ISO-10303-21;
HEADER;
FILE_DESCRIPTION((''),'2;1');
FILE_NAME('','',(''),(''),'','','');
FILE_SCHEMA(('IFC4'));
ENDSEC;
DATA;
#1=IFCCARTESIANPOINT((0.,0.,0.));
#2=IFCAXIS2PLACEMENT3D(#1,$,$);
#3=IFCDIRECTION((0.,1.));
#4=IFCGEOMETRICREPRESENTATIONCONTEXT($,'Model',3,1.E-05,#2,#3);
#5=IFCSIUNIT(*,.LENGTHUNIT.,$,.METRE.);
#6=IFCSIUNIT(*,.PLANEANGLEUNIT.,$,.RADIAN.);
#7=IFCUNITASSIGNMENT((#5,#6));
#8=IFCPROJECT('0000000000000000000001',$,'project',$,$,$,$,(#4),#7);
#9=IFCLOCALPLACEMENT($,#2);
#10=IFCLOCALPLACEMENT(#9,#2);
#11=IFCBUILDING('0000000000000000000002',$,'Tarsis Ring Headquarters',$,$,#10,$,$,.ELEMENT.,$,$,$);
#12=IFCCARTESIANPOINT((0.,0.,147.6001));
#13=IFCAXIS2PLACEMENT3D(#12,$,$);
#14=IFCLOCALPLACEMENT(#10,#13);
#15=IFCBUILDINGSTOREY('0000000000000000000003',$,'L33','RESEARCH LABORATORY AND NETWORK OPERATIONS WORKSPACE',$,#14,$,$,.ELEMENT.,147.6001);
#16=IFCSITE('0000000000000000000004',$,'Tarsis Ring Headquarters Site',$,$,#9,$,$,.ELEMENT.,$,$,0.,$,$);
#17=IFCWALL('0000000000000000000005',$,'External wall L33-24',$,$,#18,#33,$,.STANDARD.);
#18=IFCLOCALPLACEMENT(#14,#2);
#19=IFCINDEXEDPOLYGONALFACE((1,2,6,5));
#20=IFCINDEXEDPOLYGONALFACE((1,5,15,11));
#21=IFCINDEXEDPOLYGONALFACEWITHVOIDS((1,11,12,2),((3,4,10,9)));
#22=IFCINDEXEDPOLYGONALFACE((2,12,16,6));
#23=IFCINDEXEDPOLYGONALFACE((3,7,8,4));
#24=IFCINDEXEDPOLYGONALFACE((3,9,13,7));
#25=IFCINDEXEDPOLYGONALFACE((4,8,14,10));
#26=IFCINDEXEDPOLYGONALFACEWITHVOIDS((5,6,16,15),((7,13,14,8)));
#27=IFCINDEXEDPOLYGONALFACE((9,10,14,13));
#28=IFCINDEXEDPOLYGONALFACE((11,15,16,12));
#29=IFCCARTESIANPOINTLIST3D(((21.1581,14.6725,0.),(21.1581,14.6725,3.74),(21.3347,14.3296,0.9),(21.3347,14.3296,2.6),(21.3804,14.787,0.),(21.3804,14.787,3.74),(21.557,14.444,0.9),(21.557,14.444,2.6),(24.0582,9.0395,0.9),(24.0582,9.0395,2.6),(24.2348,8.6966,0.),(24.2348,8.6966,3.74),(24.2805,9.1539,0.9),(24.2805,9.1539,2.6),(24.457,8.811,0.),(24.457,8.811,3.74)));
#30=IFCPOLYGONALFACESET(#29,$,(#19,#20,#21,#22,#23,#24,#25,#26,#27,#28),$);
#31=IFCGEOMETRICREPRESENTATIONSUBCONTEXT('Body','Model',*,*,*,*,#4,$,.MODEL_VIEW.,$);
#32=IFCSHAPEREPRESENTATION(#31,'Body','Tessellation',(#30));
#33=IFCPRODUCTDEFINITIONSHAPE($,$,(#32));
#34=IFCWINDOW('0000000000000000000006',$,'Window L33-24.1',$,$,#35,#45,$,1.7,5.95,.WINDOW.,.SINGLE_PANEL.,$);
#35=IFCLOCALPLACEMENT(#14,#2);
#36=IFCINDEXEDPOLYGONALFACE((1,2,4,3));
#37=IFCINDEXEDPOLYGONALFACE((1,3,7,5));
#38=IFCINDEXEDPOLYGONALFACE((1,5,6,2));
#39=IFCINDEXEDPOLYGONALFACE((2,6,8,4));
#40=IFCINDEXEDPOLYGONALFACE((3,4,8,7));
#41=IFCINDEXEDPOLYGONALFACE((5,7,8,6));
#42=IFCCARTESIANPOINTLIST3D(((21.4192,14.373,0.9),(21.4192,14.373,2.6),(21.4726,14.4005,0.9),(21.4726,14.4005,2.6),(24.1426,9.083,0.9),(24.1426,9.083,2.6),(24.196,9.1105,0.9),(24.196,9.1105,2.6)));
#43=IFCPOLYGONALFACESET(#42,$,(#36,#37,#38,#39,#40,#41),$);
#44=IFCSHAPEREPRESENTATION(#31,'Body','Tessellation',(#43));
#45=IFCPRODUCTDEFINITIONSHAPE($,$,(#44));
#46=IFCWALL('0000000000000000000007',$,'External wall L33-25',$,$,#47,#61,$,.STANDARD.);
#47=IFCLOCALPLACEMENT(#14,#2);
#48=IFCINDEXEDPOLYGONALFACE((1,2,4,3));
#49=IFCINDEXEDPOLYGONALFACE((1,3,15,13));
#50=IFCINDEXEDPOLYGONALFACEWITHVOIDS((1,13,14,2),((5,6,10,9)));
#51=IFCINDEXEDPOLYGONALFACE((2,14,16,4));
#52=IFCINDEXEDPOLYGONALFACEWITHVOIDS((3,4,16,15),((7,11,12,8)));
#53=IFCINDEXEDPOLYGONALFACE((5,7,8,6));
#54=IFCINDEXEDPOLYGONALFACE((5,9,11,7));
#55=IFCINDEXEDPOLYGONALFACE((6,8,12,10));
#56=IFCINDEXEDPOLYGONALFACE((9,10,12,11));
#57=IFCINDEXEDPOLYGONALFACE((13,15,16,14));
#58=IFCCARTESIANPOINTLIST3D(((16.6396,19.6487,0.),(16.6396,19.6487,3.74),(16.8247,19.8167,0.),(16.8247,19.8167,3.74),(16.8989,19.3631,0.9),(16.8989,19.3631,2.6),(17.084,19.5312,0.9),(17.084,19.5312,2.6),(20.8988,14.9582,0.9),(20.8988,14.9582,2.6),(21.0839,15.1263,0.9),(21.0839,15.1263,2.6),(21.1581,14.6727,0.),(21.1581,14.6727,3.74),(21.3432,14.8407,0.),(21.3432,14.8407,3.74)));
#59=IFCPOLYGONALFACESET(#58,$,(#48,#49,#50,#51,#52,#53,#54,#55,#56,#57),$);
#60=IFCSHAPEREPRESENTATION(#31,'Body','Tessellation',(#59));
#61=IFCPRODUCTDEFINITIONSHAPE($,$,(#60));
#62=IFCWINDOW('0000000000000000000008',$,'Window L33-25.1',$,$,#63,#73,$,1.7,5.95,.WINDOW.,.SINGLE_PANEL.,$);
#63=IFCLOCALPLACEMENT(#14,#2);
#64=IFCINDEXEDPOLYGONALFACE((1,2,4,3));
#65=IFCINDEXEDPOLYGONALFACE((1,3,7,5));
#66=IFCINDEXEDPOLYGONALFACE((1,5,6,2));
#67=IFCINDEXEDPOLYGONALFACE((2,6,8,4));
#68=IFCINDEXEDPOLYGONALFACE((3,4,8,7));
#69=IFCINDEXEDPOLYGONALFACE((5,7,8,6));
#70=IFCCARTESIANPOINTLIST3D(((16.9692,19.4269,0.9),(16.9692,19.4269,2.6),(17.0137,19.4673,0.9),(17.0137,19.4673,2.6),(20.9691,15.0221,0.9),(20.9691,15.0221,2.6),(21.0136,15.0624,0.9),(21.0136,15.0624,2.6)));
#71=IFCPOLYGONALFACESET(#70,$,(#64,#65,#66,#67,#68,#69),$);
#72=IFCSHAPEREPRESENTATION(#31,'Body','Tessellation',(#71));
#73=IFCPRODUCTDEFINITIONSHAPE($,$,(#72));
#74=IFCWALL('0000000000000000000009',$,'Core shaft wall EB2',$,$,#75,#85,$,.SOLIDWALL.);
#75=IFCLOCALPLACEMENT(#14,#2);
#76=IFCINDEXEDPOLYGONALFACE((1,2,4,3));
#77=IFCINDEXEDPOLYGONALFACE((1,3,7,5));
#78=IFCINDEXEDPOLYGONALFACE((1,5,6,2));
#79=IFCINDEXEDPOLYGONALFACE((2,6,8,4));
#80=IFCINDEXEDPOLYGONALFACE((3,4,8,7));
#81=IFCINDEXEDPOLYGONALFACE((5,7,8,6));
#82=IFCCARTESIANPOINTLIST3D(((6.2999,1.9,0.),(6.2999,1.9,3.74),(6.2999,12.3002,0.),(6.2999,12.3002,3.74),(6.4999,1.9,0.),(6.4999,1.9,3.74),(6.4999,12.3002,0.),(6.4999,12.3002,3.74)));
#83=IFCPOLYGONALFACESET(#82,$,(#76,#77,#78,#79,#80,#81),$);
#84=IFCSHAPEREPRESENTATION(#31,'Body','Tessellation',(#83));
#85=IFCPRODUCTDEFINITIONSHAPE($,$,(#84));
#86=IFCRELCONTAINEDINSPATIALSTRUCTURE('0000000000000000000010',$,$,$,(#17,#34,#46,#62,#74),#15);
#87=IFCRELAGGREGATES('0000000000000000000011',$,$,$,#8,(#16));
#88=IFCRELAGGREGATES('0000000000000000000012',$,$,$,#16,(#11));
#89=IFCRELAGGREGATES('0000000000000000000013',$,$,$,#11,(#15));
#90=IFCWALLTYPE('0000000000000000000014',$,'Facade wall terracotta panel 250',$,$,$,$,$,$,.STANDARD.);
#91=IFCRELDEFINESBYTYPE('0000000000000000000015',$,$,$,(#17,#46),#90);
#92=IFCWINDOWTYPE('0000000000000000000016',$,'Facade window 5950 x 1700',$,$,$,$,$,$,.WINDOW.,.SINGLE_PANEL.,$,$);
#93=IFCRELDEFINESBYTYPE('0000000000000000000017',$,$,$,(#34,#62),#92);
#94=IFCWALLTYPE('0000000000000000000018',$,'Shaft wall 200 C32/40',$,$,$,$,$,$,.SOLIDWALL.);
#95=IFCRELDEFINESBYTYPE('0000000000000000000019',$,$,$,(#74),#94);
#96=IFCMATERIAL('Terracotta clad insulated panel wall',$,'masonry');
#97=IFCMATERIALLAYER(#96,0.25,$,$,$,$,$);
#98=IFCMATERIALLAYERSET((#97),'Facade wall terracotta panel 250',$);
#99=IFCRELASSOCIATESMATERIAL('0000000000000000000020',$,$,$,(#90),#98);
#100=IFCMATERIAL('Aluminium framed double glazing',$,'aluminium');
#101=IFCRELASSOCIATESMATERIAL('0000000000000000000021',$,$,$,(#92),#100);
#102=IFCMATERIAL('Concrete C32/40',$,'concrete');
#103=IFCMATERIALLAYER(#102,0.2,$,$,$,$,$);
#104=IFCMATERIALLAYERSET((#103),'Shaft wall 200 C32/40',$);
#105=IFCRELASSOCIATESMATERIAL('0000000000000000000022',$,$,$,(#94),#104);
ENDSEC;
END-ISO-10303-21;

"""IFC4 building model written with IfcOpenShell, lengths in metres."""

from ifc_helpers import new_model, si_unit, direction, frame, frame_2d, origin, place, context, subcontext, project, spatial, rectangle, extrude, material, layer, layer_set, type_object, element, fill, save


model = new_model("IFC4")

# Units and contexts
model_context = context("Model", 3, precision=1e-05, world=origin(), true_north=direction((0.0, 1.0)))
body_context = subcontext(model_context, "Body", "Model", "MODEL_VIEW")
ifc_project = project(units=[si_unit("LENGTHUNIT", "METRE"), si_unit("PLANEANGLEUNIT", "RADIAN")], contexts=[model_context])

# Site, building, storey
site_placement = place(None, origin())
site = spatial("IfcSite", under=ifc_project, at=site_placement, Name="Tarsis Ring Headquarters Site", CompositionType="ELEMENT", RefElevation=0.0)
building_placement = place(site_placement, origin())
building = spatial("IfcBuilding", under=site, at=building_placement, Name="Tarsis Ring Headquarters", CompositionType="ELEMENT")
storey_placement = place(building_placement, frame((0.0, 0.0, 147.6001)))
storey = spatial("IfcBuildingStorey", under=building, at=storey_placement, Name="L33", Description="RESEARCH LABORATORY AND NETWORK OPERATIONS WORKSPACE", CompositionType="ELEMENT", Elevation=147.6001)

# Walls, openings, windows
ifc_material_1 = material(Name="Terracotta clad insulated panel wall", Category="masonry")
ifc_layer_1 = layer(ifc_material_1, 0.25)
ifc_layer_set_1 = layer_set([ifc_layer_1], Name="Facade wall terracotta panel 250")
wall_type_1 = type_object("IfcWallType", Name="Facade wall terracotta panel 250", PredefinedType="STANDARD", material=ifc_layer_set_1)
ifc_material_2 = material(Name="Aluminium framed double glazing", Category="aluminium")
window_type = type_object("IfcWindowType", Name="Facade window 5950 x 1700", PartitioningType="SINGLE_PANEL", PredefinedType="WINDOW", material=ifc_material_2)
wall_1_placement = place(storey_placement, frame((24.3459, 8.7537, 0.0), z_axis=(0.0, 0.0, 1.0), x_axis=(-0.45773, 0.889091, 0.0)))
wall_1 = element("IfcWall", 1, at=wall_1_placement, inside=storey, type_object=wall_type_1, Name="External wall L33-24", PredefinedType="STANDARD", context=body_context, shape_type="SweptSolid", body=[
    extrude(rectangle(XDim=6.7214, YDim=0.25, at=frame_2d((3.3608, 0.0))), origin(), (0.0, 0.0, 1.0), 3.74),
])
opening_1_placement = place(wall_1_placement, frame((0.3857, 0.0, 0.8999)))
opening_1 = element("IfcOpeningElement", 2, at=opening_1_placement, cuts=wall_1, PredefinedType="OPENING", context=body_context, shape_type="SweptSolid", body=[
    extrude(rectangle(XDim=5.95, YDim=1.7, at=frame_2d((2.9751, 0.8501))), frame((0.0, 0.135, 0.0), z_axis=(0.0, -1.0, 0.0), x_axis=(1.0, 0.0, 0.0)), (0.0, 0.0, 1.0), 0.27),
])
window_1_placement = place(opening_1_placement, origin())
window_1 = element("IfcWindow", 3, at=window_1_placement, inside=storey, type_object=window_type, Name="Window L33-24.1", OverallHeight=1.7, OverallWidth=5.95, PartitioningType="SINGLE_PANEL", PredefinedType="WINDOW", context=body_context, shape_type="SweptSolid", body=[
    extrude(rectangle(XDim=5.95, YDim=1.7, at=frame_2d((2.9751, 0.8501))), frame((0.0, 0.03, 0.0), z_axis=(0.0, -1.0, 0.0), x_axis=(1.0, 0.0, 0.0)), (0.0, 0.0, 1.0), 0.0601),
])
fill(opening_1, window_1)
wall_2_placement = place(storey_placement, frame((21.2507, 14.7566, 0.0), z_axis=(0.0, 0.0, 1.0), x_axis=(-0.672253, 0.740321, 0.0)))
wall_2 = element("IfcWall", 4, at=wall_2_placement, inside=storey, type_object=wall_type_1, Name="External wall L33-25", PredefinedType="STANDARD", context=body_context, shape_type="SweptSolid", body=[
    extrude(rectangle(XDim=6.7214, YDim=0.25, at=frame_2d((3.3608, 0.0))), origin(), (0.0, 0.0, 1.0), 3.74),
])
opening_2_placement = place(wall_2_placement, frame((0.3857, 0.0, 0.8999)))
opening_2 = element("IfcOpeningElement", 5, at=opening_2_placement, cuts=wall_2, PredefinedType="OPENING", context=body_context, shape_type="SweptSolid", body=[
    extrude(rectangle(XDim=5.95, YDim=1.7, at=frame_2d((2.9751, 0.8501))), frame((0.0, 0.135, 0.0), z_axis=(0.0, -1.0, 0.0), x_axis=(1.0, 0.0, 0.0)), (0.0, 0.0, 1.0), 0.27),
])
window_2_placement = place(opening_2_placement, origin())
window_2 = element("IfcWindow", 6, at=window_2_placement, inside=storey, type_object=window_type, Name="Window L33-25.1", OverallHeight=1.7, OverallWidth=5.95, PartitioningType="SINGLE_PANEL", PredefinedType="WINDOW", context=body_context, shape_type="SweptSolid", body=[
    extrude(rectangle(XDim=5.95, YDim=1.7, at=frame_2d((2.9751, 0.8501))), frame((0.0, 0.03, 0.0), z_axis=(0.0, -1.0, 0.0), x_axis=(1.0, 0.0, 0.0)), (0.0, 0.0, 1.0), 0.0601),
])
fill(opening_2, window_2)

# Wall
ifc_material_3 = material(Name="Concrete C32/40", Category="concrete")
ifc_layer_2 = layer(ifc_material_3, 0.2)
ifc_layer_set_2 = layer_set([ifc_layer_2], Name="Shaft wall 200 C32/40")
wall_type_2 = type_object("IfcWallType", Name="Shaft wall 200 C32/40", PredefinedType="SOLIDWALL", material=ifc_layer_set_2)
wall_3_placement = place(storey_placement, frame((6.3999, 1.8999, 0.0), z_axis=(0.0, 0.0, 1.0), x_axis=(0.0, 1.0, 0.0)))
element("IfcWall", 7, at=wall_3_placement, inside=storey, type_object=wall_type_2, Name="Core shaft wall EB2", PredefinedType="SOLIDWALL", context=body_context, shape_type="SweptSolid", body=[
    extrude(rectangle(XDim=10.4001, YDim=0.2, at=frame_2d((5.2002, 0.0))), origin(), (0.0, 0.0, 1.0), 3.74),
])

save(model, "model.ifc")
